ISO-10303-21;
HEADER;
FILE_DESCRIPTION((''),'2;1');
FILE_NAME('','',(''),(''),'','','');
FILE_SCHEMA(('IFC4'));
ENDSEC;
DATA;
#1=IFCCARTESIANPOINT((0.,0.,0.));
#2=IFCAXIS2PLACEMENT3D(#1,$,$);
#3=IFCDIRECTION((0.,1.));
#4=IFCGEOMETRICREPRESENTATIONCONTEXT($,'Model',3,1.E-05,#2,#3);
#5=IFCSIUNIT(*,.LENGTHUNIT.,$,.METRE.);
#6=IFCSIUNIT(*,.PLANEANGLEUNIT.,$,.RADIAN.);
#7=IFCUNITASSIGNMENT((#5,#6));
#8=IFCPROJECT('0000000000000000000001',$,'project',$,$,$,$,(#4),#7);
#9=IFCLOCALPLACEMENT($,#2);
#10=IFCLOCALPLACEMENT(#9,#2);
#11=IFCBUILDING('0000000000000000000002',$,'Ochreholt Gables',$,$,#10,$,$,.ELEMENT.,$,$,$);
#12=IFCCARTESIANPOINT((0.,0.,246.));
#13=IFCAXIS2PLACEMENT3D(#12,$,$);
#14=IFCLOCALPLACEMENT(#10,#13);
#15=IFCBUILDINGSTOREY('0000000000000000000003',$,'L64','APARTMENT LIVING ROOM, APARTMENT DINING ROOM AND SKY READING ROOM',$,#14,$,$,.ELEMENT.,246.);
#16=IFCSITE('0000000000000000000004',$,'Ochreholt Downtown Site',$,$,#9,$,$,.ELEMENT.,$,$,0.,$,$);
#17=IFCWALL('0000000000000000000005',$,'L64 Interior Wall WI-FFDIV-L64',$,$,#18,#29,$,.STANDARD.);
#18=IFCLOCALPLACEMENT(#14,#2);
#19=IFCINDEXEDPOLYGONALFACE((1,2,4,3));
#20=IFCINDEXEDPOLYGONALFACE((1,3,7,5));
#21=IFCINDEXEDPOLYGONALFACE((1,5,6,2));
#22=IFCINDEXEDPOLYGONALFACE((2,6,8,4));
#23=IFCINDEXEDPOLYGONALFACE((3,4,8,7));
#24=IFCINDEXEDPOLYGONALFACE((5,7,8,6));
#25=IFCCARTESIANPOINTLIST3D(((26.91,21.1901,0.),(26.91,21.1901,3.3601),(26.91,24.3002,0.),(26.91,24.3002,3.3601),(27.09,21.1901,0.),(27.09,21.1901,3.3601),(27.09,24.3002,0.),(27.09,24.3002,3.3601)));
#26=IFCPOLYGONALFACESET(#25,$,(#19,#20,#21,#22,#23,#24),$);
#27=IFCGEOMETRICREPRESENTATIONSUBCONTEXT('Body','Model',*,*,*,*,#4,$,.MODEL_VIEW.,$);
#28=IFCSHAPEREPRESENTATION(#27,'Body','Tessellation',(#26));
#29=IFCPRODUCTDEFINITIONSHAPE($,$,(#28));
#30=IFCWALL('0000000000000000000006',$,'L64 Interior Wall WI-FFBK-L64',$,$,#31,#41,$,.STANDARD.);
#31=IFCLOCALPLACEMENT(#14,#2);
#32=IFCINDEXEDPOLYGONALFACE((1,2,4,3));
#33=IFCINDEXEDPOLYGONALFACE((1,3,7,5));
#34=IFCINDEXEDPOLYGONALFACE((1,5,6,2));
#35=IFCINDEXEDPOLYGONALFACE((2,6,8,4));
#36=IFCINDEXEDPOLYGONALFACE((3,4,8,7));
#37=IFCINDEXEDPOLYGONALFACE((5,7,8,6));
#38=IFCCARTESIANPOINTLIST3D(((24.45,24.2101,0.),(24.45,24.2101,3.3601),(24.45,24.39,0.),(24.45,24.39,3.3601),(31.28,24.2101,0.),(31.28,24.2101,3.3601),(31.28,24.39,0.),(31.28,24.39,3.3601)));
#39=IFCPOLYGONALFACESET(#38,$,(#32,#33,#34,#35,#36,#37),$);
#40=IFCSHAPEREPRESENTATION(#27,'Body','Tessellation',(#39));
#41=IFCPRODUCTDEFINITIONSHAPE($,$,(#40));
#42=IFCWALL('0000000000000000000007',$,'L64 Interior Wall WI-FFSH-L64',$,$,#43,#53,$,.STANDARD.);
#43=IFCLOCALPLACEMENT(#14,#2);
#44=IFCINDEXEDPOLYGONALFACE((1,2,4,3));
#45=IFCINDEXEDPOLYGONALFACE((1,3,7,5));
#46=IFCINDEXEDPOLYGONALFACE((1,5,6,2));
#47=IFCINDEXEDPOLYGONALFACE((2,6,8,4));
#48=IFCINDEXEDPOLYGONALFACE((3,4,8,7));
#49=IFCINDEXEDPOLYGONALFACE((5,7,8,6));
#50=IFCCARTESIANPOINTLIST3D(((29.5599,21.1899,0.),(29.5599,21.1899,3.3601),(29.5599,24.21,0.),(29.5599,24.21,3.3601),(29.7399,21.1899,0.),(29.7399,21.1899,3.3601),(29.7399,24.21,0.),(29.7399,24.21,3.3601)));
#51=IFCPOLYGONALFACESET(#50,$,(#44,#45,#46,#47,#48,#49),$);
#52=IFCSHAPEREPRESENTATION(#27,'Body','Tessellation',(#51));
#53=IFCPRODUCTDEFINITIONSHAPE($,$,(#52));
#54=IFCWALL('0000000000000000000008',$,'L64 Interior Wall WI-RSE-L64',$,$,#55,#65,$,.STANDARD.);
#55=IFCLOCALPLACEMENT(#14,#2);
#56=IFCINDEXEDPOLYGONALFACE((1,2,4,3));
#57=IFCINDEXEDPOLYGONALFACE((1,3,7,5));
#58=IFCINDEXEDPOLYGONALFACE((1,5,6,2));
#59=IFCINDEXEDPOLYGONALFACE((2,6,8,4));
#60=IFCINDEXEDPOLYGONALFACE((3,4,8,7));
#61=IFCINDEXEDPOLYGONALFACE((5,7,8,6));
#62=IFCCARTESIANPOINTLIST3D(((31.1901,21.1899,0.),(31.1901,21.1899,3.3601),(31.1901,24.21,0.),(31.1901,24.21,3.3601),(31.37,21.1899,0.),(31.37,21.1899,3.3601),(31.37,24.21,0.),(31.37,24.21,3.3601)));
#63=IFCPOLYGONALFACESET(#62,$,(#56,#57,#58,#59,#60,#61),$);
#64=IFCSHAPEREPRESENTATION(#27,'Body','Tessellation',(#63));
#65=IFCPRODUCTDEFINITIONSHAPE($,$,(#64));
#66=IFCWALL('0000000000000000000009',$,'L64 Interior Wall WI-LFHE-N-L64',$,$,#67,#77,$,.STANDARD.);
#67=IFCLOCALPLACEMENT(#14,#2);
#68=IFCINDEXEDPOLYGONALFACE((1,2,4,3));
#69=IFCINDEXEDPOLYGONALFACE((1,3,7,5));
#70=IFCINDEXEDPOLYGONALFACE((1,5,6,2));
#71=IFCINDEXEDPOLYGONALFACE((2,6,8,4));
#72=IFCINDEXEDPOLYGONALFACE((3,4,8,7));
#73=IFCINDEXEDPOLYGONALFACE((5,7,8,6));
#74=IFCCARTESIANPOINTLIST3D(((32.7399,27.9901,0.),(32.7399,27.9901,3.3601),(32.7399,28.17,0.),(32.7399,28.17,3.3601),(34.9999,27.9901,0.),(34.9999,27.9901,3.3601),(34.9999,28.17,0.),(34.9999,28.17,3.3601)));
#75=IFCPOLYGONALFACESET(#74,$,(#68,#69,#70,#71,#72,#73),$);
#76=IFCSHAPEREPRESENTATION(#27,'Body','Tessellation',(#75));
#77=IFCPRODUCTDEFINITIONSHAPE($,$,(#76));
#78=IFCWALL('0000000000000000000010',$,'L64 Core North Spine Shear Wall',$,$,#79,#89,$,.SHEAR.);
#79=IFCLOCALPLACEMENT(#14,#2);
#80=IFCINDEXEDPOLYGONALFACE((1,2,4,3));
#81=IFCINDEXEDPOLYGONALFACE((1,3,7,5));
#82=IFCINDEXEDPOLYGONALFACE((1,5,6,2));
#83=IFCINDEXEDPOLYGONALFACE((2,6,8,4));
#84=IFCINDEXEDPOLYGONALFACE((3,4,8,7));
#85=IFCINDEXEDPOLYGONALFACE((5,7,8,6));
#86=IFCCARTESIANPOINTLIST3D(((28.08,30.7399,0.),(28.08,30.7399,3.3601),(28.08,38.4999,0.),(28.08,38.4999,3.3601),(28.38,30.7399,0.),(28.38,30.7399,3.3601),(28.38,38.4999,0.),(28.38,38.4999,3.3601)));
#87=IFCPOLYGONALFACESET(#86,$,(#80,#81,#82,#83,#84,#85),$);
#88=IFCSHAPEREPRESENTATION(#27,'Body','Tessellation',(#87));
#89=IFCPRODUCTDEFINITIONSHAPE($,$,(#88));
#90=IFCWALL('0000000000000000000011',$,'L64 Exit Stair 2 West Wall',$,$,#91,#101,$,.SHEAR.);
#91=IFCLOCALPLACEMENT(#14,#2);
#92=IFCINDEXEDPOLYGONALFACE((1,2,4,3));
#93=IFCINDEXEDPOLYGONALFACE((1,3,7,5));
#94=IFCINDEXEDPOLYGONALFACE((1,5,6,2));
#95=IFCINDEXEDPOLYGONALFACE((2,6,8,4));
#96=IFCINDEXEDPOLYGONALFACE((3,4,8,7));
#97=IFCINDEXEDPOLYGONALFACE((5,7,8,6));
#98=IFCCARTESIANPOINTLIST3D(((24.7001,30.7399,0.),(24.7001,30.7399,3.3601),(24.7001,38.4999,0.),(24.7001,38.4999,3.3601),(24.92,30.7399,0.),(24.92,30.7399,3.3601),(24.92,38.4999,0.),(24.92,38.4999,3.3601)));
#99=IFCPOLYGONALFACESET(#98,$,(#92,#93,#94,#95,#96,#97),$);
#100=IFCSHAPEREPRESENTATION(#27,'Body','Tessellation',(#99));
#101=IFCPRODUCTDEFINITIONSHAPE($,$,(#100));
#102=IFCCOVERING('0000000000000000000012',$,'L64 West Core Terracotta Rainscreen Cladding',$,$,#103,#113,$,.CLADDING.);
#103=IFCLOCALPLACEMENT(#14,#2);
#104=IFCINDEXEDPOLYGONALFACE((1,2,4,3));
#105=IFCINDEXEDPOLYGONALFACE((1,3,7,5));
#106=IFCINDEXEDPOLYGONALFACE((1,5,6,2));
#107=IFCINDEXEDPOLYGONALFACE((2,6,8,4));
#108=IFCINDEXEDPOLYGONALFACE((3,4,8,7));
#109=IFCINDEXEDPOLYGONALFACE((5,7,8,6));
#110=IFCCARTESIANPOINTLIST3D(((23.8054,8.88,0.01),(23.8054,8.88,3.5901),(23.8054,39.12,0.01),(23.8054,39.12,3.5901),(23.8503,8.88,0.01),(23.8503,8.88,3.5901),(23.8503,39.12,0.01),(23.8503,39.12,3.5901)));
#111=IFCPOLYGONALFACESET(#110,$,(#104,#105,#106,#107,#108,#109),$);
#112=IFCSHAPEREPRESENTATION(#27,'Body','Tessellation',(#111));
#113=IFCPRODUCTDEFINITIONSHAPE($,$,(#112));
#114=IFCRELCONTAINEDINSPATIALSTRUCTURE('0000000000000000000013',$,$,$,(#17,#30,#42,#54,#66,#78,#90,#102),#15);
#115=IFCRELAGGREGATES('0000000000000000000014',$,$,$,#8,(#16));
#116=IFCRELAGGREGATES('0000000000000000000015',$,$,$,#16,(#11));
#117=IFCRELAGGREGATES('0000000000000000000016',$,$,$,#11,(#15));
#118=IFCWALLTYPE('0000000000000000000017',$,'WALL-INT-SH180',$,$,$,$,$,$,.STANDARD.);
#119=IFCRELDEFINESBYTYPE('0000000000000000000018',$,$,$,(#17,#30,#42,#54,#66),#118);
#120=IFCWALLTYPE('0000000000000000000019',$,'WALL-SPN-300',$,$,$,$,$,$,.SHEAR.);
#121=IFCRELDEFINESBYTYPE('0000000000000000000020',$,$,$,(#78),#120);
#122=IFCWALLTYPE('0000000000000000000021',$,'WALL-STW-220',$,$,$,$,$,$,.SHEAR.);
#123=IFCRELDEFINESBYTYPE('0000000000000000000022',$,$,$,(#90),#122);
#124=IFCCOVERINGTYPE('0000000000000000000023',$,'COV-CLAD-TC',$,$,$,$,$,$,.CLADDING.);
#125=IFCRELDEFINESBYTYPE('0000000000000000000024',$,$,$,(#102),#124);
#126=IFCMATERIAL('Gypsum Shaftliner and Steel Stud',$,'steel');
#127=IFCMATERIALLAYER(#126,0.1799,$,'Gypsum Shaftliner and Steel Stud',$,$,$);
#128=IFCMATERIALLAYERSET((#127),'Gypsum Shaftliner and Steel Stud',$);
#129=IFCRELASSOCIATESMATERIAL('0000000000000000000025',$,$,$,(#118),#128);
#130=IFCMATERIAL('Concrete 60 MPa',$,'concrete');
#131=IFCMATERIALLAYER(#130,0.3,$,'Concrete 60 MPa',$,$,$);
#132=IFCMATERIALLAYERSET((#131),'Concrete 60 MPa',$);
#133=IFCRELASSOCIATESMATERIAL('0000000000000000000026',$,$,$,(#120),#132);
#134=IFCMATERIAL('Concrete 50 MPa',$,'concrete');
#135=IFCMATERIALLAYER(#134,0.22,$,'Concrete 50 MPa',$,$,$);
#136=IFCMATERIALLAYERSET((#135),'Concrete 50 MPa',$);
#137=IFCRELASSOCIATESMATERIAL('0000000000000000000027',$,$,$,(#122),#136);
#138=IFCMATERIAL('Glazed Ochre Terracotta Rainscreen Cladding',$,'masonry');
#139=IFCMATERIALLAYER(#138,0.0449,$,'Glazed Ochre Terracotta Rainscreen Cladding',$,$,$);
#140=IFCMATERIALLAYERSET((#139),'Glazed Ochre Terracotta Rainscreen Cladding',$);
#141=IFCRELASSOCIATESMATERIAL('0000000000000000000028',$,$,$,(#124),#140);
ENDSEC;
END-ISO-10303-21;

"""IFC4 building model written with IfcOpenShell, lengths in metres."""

from ifc_helpers import new_model, si_unit, direction, frame, frame_2d, origin, origin_2d, place, context, subcontext, project, spatial, rectangle, extrude, material, layer, layer_set, type_object, element, save


model = new_model("IFC4")

# Units and contexts
model_context = context("Model", 3, precision=1e-05, world=origin(), true_north=direction((0.0, 1.0)))
body_context = subcontext(model_context, "Body", "Model", "MODEL_VIEW")
ifc_project = project(units=[si_unit("LENGTHUNIT", "METRE"), si_unit("PLANEANGLEUNIT", "RADIAN")], contexts=[model_context])

# Site, building, storey
site_placement = place(None, origin())
site = spatial("IfcSite", under=ifc_project, at=site_placement, Name="Ochreholt Downtown Site", CompositionType="ELEMENT", RefElevation=0.0)
building_placement = place(site_placement, origin())
building = spatial("IfcBuilding", under=site, at=building_placement, Name="Ochreholt Gables", CompositionType="ELEMENT")
storey_placement = place(building_placement, frame((0.0, 0.0, 246.0)))
storey = spatial("IfcBuildingStorey", under=building, at=storey_placement, Name="L64", Description="APARTMENT LIVING ROOM, APARTMENT DINING ROOM AND SKY READING ROOM", CompositionType="ELEMENT", Elevation=246.0)

# Shared definitions
ifc_material_1 = material(Name="Concrete 50 MPa", Category="concrete")

# Walls
ifc_material_2 = material(Name="Gypsum Shaftliner and Steel Stud", Category="steel")
ifc_layer_1 = layer(ifc_material_2, 0.1799, Name="Gypsum Shaftliner and Steel Stud")
ifc_layer_set_1 = layer_set([ifc_layer_1], Name="Gypsum Shaftliner and Steel Stud")
wall_type_1 = type_object("IfcWallType", Name="WALL-INT-SH180", PredefinedType="STANDARD", material=ifc_layer_set_1)
wall_1_placement = place(storey_placement, frame((27.0, 21.1899, 0.0), z_axis=(0.0, 0.0, 1.0), x_axis=(0.0, 1.0, 0.0)))
element("IfcWall", 1, at=wall_1_placement, inside=storey, type_object=wall_type_1, Name="L64 Interior Wall WI-FFDIV-L64", PredefinedType="STANDARD", context=body_context, shape_type="SweptSolid", body=[
    extrude(rectangle(XDim=3.1101, YDim=0.1799, at=frame_2d((1.5552, 0.0))), origin(), (0.0, 0.0, 1.0), 3.3601),
])
wall_2_placement = place(storey_placement, frame((24.45, 24.3, 0.0), z_axis=(0.0, 0.0, 1.0), x_axis=(1.0, 0.0, 0.0)))
element("IfcWall", 2, at=wall_2_placement, inside=storey, type_object=wall_type_1, Name="L64 Interior Wall WI-FFBK-L64", PredefinedType="STANDARD", context=body_context, shape_type="SweptSolid", body=[
    extrude(rectangle(XDim=6.8301, YDim=0.1799, at=frame_2d((3.415, 0.0))), origin(), (0.0, 0.0, 1.0), 3.3601),
])
for number, where, z_axis, x_axis, name in (
    (3, (29.6499, 21.1899, 0.0), (0.0, 0.0, 1.0), (0.0, 1.0, 0.0), "L64 Interior Wall WI-FFSH-L64"),
    (4, (31.28, 21.1899, 0.0), (0.0, 0.0, 1.0), (0.0, 1.0, 0.0), "L64 Interior Wall WI-RSE-L64"),
):
    element("IfcWall", number, at=place(storey_placement, frame(where, z_axis=z_axis, x_axis=x_axis)), inside=storey, type_object=wall_type_1, Name=name, PredefinedType="STANDARD", context=body_context, shape_type="SweptSolid", body=[
        extrude(rectangle(XDim=3.02, YDim=0.1799, at=frame_2d((1.51, 0.0))), origin(), (0.0, 0.0, 1.0), 3.3601),
    ])
wall_3_placement = place(storey_placement, frame((32.74, 28.0801, 0.0), z_axis=(0.0, 0.0, 1.0), x_axis=(1.0, 0.0, 0.0)))
element("IfcWall", 5, at=wall_3_placement, inside=storey, type_object=wall_type_1, Name="L64 Interior Wall WI-LFHE-N-L64", PredefinedType="STANDARD", context=body_context, shape_type="SweptSolid", body=[
    extrude(rectangle(XDim=2.26, YDim=0.1799, at=frame_2d((1.1299, 0.0))), origin(), (0.0, 0.0, 1.0), 3.3601),
])
ifc_material_3 = material(Name="Concrete 60 MPa", Category="concrete")
ifc_layer_2 = layer(ifc_material_3, 0.3, Name="Concrete 60 MPa")
ifc_layer_set_2 = layer_set([ifc_layer_2], Name="Concrete 60 MPa")
wall_type_2 = type_object("IfcWallType", Name="WALL-SPN-300", PredefinedType="SHEAR", material=ifc_layer_set_2)
wall_4_placement = place(storey_placement, frame((28.23, 30.74, 0.0), z_axis=(0.0, 0.0, 1.0), x_axis=(0.0, 1.0, 0.0)))
element("IfcWall", 6, at=wall_4_placement, inside=storey, type_object=wall_type_2, Name="L64 Core North Spine Shear Wall", PredefinedType="SHEAR", context=body_context, shape_type="SweptSolid", body=[
    extrude(rectangle(XDim=7.76, YDim=0.3, at=frame_2d((3.8799, 0.0))), origin(), (0.0, 0.0, 1.0), 3.3601),
])
ifc_layer_3 = layer(ifc_material_1, 0.22, Name="Concrete 50 MPa")
ifc_layer_set_3 = layer_set([ifc_layer_3], Name="Concrete 50 MPa")
wall_type_3 = type_object("IfcWallType", Name="WALL-STW-220", PredefinedType="SHEAR", material=ifc_layer_set_3)
wall_5_placement = place(storey_placement, frame((24.8101, 30.74, 0.0), z_axis=(0.0, 0.0, 1.0), x_axis=(0.0, 1.0, 0.0)))
element("IfcWall", 7, at=wall_5_placement, inside=storey, type_object=wall_type_3, Name="L64 Exit Stair 2 West Wall", PredefinedType="SHEAR", context=body_context, shape_type="SweptSolid", body=[
    extrude(rectangle(XDim=7.76, YDim=0.22, at=frame_2d((3.8799, 0.0))), origin(), (0.0, 0.0, 1.0), 3.3601),
])

# Covering
ifc_material_4 = material(Name="Glazed Ochre Terracotta Rainscreen Cladding", Category="masonry")
ifc_layer_4 = layer(ifc_material_4, 0.0449, Name="Glazed Ochre Terracotta Rainscreen Cladding")
ifc_layer_set_4 = layer_set([ifc_layer_4], Name="Glazed Ochre Terracotta Rainscreen Cladding")
covering_type = type_object("IfcCoveringType", Name="COV-CLAD-TC", PredefinedType="CLADDING", material=ifc_layer_set_4)
covering_placement = place(storey_placement, frame((23.8279, 24.0, 0.01), z_axis=(0.0, 0.0, 1.0), x_axis=(0.0, 1.0, 0.0)))
element("IfcCovering", 8, at=covering_placement, inside=storey, type_object=covering_type, Name="L64 West Core Terracotta Rainscreen Cladding", PredefinedType="CLADDING", context=body_context, shape_type="SweptSolid", body=[
    extrude(rectangle(XDim=30.24, YDim=0.0449, at=origin_2d()), origin(), (0.0, 0.0, 1.0), 3.5801),
])

save(model, "model.ifc")
